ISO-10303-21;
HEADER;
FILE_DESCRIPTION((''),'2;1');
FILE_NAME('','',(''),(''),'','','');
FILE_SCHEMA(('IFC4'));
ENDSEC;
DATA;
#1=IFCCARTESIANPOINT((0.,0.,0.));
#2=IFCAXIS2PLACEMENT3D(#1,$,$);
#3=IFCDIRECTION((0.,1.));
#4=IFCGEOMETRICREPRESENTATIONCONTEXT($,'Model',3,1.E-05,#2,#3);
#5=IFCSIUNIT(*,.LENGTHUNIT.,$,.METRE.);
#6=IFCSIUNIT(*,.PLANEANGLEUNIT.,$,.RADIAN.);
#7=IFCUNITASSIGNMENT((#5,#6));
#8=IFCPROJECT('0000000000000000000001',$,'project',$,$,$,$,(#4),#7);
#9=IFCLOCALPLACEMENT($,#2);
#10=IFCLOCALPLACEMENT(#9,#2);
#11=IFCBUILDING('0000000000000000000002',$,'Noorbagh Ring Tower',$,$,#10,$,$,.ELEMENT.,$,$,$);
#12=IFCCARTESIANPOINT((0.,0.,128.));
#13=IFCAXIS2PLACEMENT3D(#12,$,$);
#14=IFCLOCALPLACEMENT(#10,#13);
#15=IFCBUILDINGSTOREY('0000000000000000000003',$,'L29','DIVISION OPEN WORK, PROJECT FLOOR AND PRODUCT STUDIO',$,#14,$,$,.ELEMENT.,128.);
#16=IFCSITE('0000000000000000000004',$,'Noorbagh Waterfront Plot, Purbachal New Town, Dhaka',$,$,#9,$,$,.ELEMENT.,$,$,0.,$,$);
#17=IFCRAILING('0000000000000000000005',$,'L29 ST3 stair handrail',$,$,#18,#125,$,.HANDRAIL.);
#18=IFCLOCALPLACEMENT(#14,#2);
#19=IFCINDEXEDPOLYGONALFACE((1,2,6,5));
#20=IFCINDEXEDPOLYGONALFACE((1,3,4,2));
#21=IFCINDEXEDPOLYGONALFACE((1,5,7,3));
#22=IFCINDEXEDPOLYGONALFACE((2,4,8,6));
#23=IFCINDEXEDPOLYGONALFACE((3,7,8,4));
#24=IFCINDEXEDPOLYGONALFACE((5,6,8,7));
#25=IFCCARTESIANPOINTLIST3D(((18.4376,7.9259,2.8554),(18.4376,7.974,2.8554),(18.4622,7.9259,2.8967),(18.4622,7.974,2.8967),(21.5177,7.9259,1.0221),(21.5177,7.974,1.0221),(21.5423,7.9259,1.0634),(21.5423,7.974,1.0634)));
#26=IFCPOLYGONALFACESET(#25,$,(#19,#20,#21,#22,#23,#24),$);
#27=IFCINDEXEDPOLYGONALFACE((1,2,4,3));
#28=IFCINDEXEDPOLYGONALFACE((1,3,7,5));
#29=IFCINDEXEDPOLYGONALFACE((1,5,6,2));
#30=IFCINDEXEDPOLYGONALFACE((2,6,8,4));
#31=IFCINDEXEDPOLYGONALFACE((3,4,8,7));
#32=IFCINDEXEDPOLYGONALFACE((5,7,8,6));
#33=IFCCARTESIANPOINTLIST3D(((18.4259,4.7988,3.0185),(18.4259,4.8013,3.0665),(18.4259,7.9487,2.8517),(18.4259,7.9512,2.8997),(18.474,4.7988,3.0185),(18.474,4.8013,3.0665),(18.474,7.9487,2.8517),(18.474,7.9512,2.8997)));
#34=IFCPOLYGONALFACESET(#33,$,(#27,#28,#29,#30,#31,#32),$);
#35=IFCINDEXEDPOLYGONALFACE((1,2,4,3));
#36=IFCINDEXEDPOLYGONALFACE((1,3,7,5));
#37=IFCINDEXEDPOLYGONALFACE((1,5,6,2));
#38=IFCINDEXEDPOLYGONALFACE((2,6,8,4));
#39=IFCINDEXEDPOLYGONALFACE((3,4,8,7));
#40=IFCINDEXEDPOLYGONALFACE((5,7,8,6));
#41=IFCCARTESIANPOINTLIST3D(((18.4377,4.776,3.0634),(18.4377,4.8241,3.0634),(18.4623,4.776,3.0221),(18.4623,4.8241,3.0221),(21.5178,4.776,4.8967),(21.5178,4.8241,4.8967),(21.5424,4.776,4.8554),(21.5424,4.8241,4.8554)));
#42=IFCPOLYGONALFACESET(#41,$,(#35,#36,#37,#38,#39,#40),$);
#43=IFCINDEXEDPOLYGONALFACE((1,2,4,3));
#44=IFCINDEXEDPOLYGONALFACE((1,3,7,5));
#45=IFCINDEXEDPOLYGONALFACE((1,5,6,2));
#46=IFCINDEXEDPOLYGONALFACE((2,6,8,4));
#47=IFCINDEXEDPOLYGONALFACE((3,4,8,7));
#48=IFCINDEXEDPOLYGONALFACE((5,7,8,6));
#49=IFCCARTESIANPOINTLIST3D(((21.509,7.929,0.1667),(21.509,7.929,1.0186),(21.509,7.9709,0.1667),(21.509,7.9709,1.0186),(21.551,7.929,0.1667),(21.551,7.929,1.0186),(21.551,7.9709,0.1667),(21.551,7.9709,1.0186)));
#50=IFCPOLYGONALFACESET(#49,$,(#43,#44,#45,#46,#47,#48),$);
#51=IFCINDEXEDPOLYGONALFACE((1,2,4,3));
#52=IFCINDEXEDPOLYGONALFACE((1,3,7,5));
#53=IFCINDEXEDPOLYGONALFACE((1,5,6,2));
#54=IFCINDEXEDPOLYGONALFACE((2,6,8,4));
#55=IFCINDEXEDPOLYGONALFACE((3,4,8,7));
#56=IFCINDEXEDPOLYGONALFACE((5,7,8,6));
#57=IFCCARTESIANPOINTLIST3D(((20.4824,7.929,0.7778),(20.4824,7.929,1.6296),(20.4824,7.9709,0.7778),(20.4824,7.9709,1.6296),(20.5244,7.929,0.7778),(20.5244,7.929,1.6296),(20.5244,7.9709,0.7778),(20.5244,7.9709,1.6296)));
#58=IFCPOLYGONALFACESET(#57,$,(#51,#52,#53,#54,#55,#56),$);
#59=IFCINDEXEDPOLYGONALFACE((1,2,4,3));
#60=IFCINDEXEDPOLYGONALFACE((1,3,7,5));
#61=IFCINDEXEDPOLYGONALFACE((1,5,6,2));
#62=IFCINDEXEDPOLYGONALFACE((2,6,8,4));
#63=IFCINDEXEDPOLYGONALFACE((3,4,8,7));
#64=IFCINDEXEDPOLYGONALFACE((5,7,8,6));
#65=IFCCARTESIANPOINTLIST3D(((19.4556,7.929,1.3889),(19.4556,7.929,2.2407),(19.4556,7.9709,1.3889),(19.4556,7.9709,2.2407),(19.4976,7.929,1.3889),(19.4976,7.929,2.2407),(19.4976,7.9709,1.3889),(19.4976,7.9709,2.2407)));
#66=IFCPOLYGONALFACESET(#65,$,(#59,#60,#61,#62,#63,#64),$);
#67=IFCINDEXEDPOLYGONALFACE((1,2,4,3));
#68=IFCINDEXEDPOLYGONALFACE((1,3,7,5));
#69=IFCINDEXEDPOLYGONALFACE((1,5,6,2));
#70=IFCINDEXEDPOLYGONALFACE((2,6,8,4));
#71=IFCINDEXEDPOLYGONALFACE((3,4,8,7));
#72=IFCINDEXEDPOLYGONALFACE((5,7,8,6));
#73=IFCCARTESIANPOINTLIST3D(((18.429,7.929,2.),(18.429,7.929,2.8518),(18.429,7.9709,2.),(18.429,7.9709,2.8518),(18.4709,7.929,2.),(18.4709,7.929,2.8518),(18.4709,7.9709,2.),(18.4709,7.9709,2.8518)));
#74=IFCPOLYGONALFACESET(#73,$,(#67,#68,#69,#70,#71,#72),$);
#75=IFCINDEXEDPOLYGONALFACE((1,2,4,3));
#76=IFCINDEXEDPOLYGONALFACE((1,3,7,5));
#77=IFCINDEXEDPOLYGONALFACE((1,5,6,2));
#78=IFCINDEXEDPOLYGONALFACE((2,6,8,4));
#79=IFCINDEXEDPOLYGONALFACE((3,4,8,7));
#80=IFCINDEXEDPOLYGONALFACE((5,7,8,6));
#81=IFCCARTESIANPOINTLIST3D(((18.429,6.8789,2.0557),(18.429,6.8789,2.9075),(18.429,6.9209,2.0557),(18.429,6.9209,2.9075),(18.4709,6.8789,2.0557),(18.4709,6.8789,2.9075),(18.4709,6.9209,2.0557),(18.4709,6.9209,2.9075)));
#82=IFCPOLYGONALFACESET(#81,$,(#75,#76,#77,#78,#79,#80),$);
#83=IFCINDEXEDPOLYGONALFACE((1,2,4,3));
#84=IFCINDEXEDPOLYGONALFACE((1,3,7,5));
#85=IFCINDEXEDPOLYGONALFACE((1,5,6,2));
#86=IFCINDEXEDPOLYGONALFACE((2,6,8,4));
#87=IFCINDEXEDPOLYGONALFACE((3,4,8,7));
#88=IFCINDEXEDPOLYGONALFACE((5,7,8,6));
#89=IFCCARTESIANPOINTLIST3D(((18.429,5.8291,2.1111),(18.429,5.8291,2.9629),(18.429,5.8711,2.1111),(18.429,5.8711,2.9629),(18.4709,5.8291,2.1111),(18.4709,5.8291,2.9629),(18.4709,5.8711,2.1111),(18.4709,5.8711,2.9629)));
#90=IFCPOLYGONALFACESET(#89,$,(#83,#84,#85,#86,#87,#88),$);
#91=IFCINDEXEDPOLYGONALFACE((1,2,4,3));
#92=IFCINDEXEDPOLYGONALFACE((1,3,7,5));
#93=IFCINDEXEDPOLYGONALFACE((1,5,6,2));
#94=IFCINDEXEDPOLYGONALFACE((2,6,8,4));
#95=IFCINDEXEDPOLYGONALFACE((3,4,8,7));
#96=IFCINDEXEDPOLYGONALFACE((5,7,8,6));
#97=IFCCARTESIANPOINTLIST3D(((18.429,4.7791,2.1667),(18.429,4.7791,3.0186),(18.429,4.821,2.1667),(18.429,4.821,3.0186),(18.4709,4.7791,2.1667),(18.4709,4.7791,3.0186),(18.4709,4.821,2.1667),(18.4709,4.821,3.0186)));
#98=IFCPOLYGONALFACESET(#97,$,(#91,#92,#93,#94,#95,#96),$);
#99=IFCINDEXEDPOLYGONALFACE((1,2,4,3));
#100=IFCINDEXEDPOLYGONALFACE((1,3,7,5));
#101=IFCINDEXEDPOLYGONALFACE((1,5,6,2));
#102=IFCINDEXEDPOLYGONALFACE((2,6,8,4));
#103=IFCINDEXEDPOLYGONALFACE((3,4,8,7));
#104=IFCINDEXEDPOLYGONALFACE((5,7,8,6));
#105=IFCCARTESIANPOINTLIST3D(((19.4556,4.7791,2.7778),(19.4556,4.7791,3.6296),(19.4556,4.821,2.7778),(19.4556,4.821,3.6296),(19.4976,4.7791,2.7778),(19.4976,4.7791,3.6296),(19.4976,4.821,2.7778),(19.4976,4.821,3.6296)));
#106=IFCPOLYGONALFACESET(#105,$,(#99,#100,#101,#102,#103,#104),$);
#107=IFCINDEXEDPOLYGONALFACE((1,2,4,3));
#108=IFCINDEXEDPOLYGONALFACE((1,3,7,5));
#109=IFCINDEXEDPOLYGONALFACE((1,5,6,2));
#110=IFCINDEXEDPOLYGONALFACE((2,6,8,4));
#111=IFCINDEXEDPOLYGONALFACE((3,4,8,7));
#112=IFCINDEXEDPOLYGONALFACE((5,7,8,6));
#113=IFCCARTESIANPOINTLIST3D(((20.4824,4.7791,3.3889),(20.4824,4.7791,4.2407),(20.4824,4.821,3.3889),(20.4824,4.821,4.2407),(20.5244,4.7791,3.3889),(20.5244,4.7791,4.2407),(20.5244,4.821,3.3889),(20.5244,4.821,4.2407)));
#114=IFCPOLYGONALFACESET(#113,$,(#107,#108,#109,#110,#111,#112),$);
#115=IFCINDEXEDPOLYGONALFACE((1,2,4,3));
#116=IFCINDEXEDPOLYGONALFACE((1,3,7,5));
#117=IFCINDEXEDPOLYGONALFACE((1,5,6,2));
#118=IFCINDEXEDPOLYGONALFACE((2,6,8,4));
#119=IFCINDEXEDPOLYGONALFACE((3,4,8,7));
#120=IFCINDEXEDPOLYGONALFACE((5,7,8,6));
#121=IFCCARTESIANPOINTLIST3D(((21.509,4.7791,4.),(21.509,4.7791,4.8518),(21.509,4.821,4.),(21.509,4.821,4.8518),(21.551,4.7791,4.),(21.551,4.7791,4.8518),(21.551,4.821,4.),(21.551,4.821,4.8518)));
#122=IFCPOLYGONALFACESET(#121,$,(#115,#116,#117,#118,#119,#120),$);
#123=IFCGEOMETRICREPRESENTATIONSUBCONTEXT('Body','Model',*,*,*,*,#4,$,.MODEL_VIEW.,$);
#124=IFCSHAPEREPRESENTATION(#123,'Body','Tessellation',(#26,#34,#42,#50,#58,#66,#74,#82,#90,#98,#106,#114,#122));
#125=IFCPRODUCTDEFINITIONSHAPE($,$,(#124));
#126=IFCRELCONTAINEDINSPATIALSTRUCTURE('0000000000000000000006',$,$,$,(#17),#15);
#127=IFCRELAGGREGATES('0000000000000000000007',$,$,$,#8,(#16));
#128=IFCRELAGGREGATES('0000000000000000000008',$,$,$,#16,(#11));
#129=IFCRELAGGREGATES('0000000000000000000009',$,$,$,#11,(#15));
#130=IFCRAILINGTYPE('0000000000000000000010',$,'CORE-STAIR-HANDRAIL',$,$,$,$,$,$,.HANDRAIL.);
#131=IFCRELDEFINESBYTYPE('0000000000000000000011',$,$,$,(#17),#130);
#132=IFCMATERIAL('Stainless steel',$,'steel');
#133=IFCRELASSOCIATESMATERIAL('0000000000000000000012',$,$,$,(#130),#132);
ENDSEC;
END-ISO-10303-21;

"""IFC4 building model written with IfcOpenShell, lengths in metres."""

from ifc_helpers import new_model, si_unit, direction, frame, origin, origin_2d, place, context, subcontext, project, spatial, rectangle, extrude, material, type_object, element, save


model = new_model("IFC4")

# Units and contexts
model_context = context("Model", 3, precision=1e-05, world=origin(), true_north=direction((0.0, 1.0)))
body_context = subcontext(model_context, "Body", "Model", "MODEL_VIEW")
ifc_project = project(units=[si_unit("LENGTHUNIT", "METRE"), si_unit("PLANEANGLEUNIT", "RADIAN")], contexts=[model_context])

# Site, building, storey
site_placement = place(None, origin())
site = spatial("IfcSite", under=ifc_project, at=site_placement, Name="Noorbagh Waterfront Plot, Purbachal New Town, Dhaka", CompositionType="ELEMENT", RefElevation=0.0)
building_placement = place(site_placement, origin())
building = spatial("IfcBuilding", under=site, at=building_placement, Name="Noorbagh Ring Tower", CompositionType="ELEMENT")
storey_placement = place(building_placement, frame((0.0, 0.0, 128.0)))
storey = spatial("IfcBuildingStorey", under=building, at=storey_placement, Name="L29", Description="DIVISION OPEN WORK, PROJECT FLOOR AND PRODUCT STUDIO", CompositionType="ELEMENT", Elevation=128.0)

# Railing
ifc_material_1 = material(Name="Stainless steel", Category="steel")
railing_type_1 = type_object("IfcRailingType", Name="CORE-STAIR-HANDRAIL", PredefinedType="HANDRAIL", material=ifc_material_1)
railing_1_placement = place(storey_placement, frame((21.53, 7.95, 0.1667)))
element("IfcRailing", 1, at=railing_1_placement, inside=storey, type_object=railing_type_1, Name="L29 ST3 stair handrail", PredefinedType="HANDRAIL", context=body_context, shape_type="SweptSolid", body=[
    extrude(rectangle(XDim=0.0481, YDim=0.0481, at=origin_2d()), frame((0.0, 0.0, 0.876), z_axis=(-0.859309, 0.0, 0.511458), x_axis=(0.0, -1.0, 0.0)), (0.0, 0.0, 1.0), 3.5845),
    extrude(rectangle(XDim=0.0481, YDim=0.0481, at=origin_2d()), frame((-3.0801, 0.0, 2.709), z_axis=(0.0, -0.998602, 0.052864), x_axis=(1.0, 0.0, 0.0)), (0.0, 0.0, 1.0), 3.1543),
    extrude(rectangle(XDim=0.0481, YDim=0.0481, at=origin_2d()), frame((-3.0801, -3.1499, 2.876), z_axis=(0.859309, 0.0, 0.511458), x_axis=(0.0, 1.0, 0.0)), (0.0, 0.0, 1.0), 3.5845),
    extrude(rectangle(XDim=0.042, YDim=0.042, at=origin_2d()), origin(), (0.0, 0.0, 1.0), 0.8518),
    extrude(rectangle(XDim=0.042, YDim=0.042, at=origin_2d()), frame((-1.0266, 0.0, 0.6111)), (0.0, 0.0, 1.0), 0.8518),
    extrude(rectangle(XDim=0.042, YDim=0.042, at=origin_2d()), frame((-2.0535, 0.0, 1.2222)), (0.0, 0.0, 1.0), 0.8518),
    extrude(rectangle(XDim=0.042, YDim=0.042, at=origin_2d()), frame((-3.0801, 0.0, 1.8333)), (0.0, 0.0, 1.0), 0.8518),
    extrude(rectangle(XDim=0.042, YDim=0.042, at=origin_2d()), frame((-3.0801, -1.05, 1.8889)), (0.0, 0.0, 1.0), 0.8518),
    extrude(rectangle(XDim=0.042, YDim=0.042, at=origin_2d()), frame((-3.0801, -2.0999, 1.9443)), (0.0, 0.0, 1.0), 0.8518),
    extrude(rectangle(XDim=0.042, YDim=0.042, at=origin_2d()), frame((-3.0801, -3.1499, 2.0)), (0.0, 0.0, 1.0), 0.8518),
    extrude(rectangle(XDim=0.042, YDim=0.042, at=origin_2d()), frame((-2.0535, -3.1499, 2.6111)), (0.0, 0.0, 1.0), 0.8518),
    extrude(rectangle(XDim=0.042, YDim=0.042, at=origin_2d()), frame((-1.0266, -3.1499, 3.2222)), (0.0, 0.0, 1.0), 0.8518),
    extrude(rectangle(XDim=0.042, YDim=0.042, at=origin_2d()), frame((0.0, -3.1499, 3.8333)), (0.0, 0.0, 1.0), 0.8518),
])

save(model, "model.ifc")
